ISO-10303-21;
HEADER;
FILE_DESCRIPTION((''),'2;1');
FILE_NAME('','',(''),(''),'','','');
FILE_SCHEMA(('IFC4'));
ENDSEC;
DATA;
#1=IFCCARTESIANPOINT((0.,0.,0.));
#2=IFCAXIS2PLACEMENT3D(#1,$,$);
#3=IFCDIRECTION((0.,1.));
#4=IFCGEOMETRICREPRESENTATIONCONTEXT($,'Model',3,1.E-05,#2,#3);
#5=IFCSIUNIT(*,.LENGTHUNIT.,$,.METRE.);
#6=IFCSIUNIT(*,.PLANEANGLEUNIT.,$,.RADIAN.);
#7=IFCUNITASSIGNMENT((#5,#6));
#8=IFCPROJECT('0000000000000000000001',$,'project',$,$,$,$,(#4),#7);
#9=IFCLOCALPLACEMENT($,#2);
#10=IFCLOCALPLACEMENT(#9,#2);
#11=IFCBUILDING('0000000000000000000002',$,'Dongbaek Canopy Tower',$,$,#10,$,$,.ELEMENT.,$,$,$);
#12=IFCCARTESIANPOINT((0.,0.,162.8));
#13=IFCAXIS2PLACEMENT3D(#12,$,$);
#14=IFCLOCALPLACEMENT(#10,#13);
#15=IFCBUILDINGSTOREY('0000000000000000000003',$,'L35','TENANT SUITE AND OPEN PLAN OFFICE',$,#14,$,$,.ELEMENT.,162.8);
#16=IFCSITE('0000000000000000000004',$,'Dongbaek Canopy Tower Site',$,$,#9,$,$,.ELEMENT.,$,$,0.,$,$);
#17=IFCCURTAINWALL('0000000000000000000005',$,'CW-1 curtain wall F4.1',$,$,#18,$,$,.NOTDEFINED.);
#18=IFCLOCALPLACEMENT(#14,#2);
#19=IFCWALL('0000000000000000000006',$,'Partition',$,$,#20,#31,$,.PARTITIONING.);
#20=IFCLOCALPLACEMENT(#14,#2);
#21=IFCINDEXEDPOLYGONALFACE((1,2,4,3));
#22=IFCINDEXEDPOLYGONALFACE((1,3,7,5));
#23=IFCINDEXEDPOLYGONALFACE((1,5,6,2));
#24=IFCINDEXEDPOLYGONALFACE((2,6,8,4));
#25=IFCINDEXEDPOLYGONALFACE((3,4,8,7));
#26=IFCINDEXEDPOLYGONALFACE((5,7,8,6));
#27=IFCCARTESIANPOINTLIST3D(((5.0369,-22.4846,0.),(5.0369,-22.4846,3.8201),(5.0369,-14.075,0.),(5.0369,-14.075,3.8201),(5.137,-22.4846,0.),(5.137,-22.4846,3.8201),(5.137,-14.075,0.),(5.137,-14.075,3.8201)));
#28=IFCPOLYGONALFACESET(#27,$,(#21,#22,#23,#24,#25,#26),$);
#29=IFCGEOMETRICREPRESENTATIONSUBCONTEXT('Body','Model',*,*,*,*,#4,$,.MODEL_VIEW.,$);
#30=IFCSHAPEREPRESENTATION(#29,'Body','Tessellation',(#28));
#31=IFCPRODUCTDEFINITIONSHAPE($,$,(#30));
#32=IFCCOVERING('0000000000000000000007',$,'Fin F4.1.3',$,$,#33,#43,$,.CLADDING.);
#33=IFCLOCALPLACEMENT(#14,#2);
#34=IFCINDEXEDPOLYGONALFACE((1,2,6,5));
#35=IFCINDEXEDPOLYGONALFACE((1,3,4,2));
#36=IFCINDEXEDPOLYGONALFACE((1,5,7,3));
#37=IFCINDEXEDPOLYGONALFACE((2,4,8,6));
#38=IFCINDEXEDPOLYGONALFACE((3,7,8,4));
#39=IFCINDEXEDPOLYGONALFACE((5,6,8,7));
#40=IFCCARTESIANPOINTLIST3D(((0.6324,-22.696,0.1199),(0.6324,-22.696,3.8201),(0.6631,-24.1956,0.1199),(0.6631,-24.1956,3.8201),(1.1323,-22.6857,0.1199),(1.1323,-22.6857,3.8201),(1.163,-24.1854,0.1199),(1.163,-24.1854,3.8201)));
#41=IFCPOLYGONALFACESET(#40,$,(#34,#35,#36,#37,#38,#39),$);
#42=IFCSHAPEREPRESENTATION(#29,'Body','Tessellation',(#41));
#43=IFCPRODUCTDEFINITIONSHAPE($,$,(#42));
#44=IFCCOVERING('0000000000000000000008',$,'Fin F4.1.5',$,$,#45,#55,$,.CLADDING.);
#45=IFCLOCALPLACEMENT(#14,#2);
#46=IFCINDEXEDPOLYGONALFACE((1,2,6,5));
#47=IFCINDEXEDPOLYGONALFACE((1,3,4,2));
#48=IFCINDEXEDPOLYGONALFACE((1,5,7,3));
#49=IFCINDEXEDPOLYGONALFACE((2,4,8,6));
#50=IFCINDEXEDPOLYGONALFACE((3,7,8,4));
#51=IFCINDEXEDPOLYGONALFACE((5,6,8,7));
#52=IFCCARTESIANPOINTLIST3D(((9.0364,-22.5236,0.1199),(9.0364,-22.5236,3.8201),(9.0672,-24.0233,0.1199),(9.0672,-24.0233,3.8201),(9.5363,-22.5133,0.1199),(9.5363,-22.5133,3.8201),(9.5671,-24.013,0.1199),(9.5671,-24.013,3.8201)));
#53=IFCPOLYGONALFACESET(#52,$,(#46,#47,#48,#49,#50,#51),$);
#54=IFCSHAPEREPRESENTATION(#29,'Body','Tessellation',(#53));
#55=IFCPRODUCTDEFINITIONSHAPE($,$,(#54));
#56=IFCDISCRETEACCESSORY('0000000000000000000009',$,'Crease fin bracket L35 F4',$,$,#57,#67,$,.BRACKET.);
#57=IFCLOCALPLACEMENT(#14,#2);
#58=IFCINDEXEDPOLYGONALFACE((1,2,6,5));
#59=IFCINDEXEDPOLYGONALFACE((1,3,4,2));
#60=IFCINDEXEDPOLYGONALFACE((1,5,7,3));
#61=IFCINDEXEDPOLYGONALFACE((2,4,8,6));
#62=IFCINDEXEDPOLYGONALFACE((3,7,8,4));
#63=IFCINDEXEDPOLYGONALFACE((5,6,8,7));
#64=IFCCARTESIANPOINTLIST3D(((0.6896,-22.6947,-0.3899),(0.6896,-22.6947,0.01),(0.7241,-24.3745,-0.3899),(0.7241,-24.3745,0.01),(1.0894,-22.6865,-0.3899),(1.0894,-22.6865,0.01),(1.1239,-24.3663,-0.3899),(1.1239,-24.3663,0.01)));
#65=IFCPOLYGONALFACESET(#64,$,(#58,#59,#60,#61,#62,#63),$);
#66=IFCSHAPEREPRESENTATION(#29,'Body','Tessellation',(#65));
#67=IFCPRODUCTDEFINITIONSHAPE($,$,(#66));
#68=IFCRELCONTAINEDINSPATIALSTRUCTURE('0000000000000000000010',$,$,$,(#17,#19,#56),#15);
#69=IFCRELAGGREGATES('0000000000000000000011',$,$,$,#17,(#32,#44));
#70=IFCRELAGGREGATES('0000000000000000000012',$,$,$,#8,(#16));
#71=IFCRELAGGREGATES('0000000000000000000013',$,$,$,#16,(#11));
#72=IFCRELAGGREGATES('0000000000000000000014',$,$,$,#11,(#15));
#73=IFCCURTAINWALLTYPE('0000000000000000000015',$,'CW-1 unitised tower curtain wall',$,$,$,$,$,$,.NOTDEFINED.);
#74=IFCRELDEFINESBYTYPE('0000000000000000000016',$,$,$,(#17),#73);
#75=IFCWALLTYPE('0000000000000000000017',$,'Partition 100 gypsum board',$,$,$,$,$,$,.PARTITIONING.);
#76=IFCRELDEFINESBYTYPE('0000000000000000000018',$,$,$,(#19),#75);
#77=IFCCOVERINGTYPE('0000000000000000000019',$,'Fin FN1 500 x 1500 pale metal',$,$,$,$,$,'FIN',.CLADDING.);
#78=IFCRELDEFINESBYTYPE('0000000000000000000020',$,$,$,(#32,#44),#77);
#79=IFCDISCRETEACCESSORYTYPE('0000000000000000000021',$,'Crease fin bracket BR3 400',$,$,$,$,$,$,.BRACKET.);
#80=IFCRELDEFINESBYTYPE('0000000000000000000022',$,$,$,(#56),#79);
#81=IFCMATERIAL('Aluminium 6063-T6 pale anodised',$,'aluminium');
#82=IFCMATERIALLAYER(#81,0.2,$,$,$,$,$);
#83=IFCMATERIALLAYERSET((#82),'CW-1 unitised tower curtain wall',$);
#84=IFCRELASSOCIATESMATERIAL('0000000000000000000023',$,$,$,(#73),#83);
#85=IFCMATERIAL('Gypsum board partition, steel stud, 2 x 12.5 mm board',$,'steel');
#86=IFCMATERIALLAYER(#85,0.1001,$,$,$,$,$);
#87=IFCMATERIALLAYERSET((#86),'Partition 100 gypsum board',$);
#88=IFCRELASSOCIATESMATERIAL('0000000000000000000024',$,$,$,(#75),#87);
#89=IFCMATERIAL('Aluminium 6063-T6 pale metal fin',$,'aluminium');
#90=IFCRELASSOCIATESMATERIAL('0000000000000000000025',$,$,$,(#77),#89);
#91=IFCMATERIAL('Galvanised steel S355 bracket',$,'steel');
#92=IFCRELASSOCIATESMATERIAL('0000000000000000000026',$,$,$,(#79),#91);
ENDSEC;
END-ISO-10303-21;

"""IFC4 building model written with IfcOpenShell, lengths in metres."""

from ifc_helpers import new_model, si_unit, direction, frame, frame_2d, origin, origin_2d, place, context, subcontext, project, spatial, rectangle, extrude, material, layer, layer_set, material_profile, profile_set, type_object, element, aggregate, save


model = new_model("IFC4")

# Units and contexts
model_context = context("Model", 3, precision=1e-05, world=origin(), true_north=direction((0.0, 1.0)))
body_context = subcontext(model_context, "Body", "Model", "MODEL_VIEW")
ifc_project = project(units=[si_unit("LENGTHUNIT", "METRE"), si_unit("PLANEANGLEUNIT", "RADIAN")], contexts=[model_context])

# Site, building, storey
site_placement = place(None, origin())
site = spatial("IfcSite", under=ifc_project, at=site_placement, Name="Dongbaek Canopy Tower Site", CompositionType="ELEMENT", RefElevation=0.0)
building_placement = place(site_placement, origin())
building = spatial("IfcBuilding", under=site, at=building_placement, Name="Dongbaek Canopy Tower", CompositionType="ELEMENT")
storey_placement = place(building_placement, frame((0.0, 0.0, 162.8)))
storey = spatial("IfcBuildingStorey", under=building, at=storey_placement, Name="L35", Description="TENANT SUITE AND OPEN PLAN OFFICE", CompositionType="ELEMENT", Elevation=162.8)

# Curtain wall
ifc_material_1 = material(Name="Aluminium 6063-T6 pale anodised", Category="aluminium")
ifc_layer_1 = layer(ifc_material_1, 0.2)
ifc_layer_set_1 = layer_set([ifc_layer_1], Name="CW-1 unitised tower curtain wall")
curtain_wall_type = type_object("IfcCurtainWallType", Name="CW-1 unitised tower curtain wall", PredefinedType="NOTDEFINED", material=ifc_layer_set_1)
curtain_wall_1_placement = place(storey_placement, origin())
curtain_wall_1 = element("IfcCurtainWall", 1, at=curtain_wall_1_placement, inside=storey, type_object=curtain_wall_type, Name="CW-1 curtain wall F4.1", PredefinedType="NOTDEFINED")

# Wall
ifc_material_2 = material(Name="Gypsum board partition, steel stud, 2 x 12.5 mm board", Category="steel")
ifc_layer_2 = layer(ifc_material_2, 0.1001)
ifc_layer_set_2 = layer_set([ifc_layer_2], Name="Partition 100 gypsum board")
wall_type = type_object("IfcWallType", Name="Partition 100 gypsum board", PredefinedType="PARTITIONING", material=ifc_layer_set_2)
wall_1_placement = place(storey_placement, frame((5.0869, -22.4846, 0.0), z_axis=(0.0, 0.0, 1.0), x_axis=(0.0, 1.0, 0.0)))
element("IfcWall", 2, at=wall_1_placement, inside=storey, type_object=wall_type, Name="Partition", PredefinedType="PARTITIONING", context=body_context, shape_type="SweptSolid", body=[
    extrude(rectangle(XDim=8.4097, YDim=0.1001, at=frame_2d((4.2048, 0.0))), origin(), (0.0, 0.0, 1.0), 3.8201),
])

# Coverings
ifc_material_3 = material(Name="Aluminium 6063-T6 pale metal fin", Category="aluminium")
ifc_material_profile_1 = material_profile(ifc_material_3, rectangle(XDim=1.5, YDim=0.5, at=origin_2d()), Name="Fin FN1 500 x 1500 pale metal")
ifc_profile_set_1 = profile_set([ifc_material_profile_1], Name="Aluminium 6063-T6 pale metal fin")
covering_type = type_object("IfcCoveringType", Name="Fin FN1 500 x 1500 pale metal", ElementType="FIN", PredefinedType="CLADDING", material=ifc_profile_set_1)
covering_1_placement = place(storey_placement, frame((0.8977, -23.4407, 0.1199), z_axis=(0.0, 0.0, 1.0), x_axis=(0.020515, -0.99979, 0.0)))
covering_1 = element("IfcCovering", 3, at=covering_1_placement, type_object=covering_type, Name="Fin F4.1.3", PredefinedType="CLADDING", context=body_context, shape_type="SweptSolid", body=[
    extrude(rectangle(XDim=1.5, YDim=0.5, at=origin_2d()), origin(), (0.0, 0.0, 1.0), 3.7002),
])
covering_2_placement = place(storey_placement, frame((9.3018, -23.2683, 0.1199), z_axis=(0.0, 0.0, 1.0), x_axis=(0.020515, -0.99979, 0.0)))
covering_2 = element("IfcCovering", 4, at=covering_2_placement, type_object=covering_type, Name="Fin F4.1.5", PredefinedType="CLADDING", context=body_context, shape_type="SweptSolid", body=[
    extrude(rectangle(XDim=1.5, YDim=0.5, at=origin_2d()), origin(), (0.0, 0.0, 1.0), 3.7002),
])
aggregate(curtain_wall_1, [covering_1, covering_2])

# Discrete accessory
ifc_material_4 = material(Name="Galvanised steel S355 bracket", Category="steel")
discrete_accessory_type = type_object("IfcDiscreteAccessoryType", Name="Crease fin bracket BR3 400", PredefinedType="BRACKET", material=ifc_material_4)
discrete_accessory_placement = place(storey_placement, frame((0.9067, -23.5305, -0.3899), z_axis=(0.0, 0.0, 1.0), x_axis=(0.020515, -0.99979, 0.0)))
element("IfcDiscreteAccessory", 5, at=discrete_accessory_placement, inside=storey, type_object=discrete_accessory_type, Name="Crease fin bracket L35 F4", PredefinedType="BRACKET", context=body_context, shape_type="SweptSolid", body=[
    extrude(rectangle(XDim=1.6802, YDim=0.3999, at=origin_2d()), origin(), (0.0, 0.0, 1.0), 0.3999),
])

save(model, "model.ifc")
